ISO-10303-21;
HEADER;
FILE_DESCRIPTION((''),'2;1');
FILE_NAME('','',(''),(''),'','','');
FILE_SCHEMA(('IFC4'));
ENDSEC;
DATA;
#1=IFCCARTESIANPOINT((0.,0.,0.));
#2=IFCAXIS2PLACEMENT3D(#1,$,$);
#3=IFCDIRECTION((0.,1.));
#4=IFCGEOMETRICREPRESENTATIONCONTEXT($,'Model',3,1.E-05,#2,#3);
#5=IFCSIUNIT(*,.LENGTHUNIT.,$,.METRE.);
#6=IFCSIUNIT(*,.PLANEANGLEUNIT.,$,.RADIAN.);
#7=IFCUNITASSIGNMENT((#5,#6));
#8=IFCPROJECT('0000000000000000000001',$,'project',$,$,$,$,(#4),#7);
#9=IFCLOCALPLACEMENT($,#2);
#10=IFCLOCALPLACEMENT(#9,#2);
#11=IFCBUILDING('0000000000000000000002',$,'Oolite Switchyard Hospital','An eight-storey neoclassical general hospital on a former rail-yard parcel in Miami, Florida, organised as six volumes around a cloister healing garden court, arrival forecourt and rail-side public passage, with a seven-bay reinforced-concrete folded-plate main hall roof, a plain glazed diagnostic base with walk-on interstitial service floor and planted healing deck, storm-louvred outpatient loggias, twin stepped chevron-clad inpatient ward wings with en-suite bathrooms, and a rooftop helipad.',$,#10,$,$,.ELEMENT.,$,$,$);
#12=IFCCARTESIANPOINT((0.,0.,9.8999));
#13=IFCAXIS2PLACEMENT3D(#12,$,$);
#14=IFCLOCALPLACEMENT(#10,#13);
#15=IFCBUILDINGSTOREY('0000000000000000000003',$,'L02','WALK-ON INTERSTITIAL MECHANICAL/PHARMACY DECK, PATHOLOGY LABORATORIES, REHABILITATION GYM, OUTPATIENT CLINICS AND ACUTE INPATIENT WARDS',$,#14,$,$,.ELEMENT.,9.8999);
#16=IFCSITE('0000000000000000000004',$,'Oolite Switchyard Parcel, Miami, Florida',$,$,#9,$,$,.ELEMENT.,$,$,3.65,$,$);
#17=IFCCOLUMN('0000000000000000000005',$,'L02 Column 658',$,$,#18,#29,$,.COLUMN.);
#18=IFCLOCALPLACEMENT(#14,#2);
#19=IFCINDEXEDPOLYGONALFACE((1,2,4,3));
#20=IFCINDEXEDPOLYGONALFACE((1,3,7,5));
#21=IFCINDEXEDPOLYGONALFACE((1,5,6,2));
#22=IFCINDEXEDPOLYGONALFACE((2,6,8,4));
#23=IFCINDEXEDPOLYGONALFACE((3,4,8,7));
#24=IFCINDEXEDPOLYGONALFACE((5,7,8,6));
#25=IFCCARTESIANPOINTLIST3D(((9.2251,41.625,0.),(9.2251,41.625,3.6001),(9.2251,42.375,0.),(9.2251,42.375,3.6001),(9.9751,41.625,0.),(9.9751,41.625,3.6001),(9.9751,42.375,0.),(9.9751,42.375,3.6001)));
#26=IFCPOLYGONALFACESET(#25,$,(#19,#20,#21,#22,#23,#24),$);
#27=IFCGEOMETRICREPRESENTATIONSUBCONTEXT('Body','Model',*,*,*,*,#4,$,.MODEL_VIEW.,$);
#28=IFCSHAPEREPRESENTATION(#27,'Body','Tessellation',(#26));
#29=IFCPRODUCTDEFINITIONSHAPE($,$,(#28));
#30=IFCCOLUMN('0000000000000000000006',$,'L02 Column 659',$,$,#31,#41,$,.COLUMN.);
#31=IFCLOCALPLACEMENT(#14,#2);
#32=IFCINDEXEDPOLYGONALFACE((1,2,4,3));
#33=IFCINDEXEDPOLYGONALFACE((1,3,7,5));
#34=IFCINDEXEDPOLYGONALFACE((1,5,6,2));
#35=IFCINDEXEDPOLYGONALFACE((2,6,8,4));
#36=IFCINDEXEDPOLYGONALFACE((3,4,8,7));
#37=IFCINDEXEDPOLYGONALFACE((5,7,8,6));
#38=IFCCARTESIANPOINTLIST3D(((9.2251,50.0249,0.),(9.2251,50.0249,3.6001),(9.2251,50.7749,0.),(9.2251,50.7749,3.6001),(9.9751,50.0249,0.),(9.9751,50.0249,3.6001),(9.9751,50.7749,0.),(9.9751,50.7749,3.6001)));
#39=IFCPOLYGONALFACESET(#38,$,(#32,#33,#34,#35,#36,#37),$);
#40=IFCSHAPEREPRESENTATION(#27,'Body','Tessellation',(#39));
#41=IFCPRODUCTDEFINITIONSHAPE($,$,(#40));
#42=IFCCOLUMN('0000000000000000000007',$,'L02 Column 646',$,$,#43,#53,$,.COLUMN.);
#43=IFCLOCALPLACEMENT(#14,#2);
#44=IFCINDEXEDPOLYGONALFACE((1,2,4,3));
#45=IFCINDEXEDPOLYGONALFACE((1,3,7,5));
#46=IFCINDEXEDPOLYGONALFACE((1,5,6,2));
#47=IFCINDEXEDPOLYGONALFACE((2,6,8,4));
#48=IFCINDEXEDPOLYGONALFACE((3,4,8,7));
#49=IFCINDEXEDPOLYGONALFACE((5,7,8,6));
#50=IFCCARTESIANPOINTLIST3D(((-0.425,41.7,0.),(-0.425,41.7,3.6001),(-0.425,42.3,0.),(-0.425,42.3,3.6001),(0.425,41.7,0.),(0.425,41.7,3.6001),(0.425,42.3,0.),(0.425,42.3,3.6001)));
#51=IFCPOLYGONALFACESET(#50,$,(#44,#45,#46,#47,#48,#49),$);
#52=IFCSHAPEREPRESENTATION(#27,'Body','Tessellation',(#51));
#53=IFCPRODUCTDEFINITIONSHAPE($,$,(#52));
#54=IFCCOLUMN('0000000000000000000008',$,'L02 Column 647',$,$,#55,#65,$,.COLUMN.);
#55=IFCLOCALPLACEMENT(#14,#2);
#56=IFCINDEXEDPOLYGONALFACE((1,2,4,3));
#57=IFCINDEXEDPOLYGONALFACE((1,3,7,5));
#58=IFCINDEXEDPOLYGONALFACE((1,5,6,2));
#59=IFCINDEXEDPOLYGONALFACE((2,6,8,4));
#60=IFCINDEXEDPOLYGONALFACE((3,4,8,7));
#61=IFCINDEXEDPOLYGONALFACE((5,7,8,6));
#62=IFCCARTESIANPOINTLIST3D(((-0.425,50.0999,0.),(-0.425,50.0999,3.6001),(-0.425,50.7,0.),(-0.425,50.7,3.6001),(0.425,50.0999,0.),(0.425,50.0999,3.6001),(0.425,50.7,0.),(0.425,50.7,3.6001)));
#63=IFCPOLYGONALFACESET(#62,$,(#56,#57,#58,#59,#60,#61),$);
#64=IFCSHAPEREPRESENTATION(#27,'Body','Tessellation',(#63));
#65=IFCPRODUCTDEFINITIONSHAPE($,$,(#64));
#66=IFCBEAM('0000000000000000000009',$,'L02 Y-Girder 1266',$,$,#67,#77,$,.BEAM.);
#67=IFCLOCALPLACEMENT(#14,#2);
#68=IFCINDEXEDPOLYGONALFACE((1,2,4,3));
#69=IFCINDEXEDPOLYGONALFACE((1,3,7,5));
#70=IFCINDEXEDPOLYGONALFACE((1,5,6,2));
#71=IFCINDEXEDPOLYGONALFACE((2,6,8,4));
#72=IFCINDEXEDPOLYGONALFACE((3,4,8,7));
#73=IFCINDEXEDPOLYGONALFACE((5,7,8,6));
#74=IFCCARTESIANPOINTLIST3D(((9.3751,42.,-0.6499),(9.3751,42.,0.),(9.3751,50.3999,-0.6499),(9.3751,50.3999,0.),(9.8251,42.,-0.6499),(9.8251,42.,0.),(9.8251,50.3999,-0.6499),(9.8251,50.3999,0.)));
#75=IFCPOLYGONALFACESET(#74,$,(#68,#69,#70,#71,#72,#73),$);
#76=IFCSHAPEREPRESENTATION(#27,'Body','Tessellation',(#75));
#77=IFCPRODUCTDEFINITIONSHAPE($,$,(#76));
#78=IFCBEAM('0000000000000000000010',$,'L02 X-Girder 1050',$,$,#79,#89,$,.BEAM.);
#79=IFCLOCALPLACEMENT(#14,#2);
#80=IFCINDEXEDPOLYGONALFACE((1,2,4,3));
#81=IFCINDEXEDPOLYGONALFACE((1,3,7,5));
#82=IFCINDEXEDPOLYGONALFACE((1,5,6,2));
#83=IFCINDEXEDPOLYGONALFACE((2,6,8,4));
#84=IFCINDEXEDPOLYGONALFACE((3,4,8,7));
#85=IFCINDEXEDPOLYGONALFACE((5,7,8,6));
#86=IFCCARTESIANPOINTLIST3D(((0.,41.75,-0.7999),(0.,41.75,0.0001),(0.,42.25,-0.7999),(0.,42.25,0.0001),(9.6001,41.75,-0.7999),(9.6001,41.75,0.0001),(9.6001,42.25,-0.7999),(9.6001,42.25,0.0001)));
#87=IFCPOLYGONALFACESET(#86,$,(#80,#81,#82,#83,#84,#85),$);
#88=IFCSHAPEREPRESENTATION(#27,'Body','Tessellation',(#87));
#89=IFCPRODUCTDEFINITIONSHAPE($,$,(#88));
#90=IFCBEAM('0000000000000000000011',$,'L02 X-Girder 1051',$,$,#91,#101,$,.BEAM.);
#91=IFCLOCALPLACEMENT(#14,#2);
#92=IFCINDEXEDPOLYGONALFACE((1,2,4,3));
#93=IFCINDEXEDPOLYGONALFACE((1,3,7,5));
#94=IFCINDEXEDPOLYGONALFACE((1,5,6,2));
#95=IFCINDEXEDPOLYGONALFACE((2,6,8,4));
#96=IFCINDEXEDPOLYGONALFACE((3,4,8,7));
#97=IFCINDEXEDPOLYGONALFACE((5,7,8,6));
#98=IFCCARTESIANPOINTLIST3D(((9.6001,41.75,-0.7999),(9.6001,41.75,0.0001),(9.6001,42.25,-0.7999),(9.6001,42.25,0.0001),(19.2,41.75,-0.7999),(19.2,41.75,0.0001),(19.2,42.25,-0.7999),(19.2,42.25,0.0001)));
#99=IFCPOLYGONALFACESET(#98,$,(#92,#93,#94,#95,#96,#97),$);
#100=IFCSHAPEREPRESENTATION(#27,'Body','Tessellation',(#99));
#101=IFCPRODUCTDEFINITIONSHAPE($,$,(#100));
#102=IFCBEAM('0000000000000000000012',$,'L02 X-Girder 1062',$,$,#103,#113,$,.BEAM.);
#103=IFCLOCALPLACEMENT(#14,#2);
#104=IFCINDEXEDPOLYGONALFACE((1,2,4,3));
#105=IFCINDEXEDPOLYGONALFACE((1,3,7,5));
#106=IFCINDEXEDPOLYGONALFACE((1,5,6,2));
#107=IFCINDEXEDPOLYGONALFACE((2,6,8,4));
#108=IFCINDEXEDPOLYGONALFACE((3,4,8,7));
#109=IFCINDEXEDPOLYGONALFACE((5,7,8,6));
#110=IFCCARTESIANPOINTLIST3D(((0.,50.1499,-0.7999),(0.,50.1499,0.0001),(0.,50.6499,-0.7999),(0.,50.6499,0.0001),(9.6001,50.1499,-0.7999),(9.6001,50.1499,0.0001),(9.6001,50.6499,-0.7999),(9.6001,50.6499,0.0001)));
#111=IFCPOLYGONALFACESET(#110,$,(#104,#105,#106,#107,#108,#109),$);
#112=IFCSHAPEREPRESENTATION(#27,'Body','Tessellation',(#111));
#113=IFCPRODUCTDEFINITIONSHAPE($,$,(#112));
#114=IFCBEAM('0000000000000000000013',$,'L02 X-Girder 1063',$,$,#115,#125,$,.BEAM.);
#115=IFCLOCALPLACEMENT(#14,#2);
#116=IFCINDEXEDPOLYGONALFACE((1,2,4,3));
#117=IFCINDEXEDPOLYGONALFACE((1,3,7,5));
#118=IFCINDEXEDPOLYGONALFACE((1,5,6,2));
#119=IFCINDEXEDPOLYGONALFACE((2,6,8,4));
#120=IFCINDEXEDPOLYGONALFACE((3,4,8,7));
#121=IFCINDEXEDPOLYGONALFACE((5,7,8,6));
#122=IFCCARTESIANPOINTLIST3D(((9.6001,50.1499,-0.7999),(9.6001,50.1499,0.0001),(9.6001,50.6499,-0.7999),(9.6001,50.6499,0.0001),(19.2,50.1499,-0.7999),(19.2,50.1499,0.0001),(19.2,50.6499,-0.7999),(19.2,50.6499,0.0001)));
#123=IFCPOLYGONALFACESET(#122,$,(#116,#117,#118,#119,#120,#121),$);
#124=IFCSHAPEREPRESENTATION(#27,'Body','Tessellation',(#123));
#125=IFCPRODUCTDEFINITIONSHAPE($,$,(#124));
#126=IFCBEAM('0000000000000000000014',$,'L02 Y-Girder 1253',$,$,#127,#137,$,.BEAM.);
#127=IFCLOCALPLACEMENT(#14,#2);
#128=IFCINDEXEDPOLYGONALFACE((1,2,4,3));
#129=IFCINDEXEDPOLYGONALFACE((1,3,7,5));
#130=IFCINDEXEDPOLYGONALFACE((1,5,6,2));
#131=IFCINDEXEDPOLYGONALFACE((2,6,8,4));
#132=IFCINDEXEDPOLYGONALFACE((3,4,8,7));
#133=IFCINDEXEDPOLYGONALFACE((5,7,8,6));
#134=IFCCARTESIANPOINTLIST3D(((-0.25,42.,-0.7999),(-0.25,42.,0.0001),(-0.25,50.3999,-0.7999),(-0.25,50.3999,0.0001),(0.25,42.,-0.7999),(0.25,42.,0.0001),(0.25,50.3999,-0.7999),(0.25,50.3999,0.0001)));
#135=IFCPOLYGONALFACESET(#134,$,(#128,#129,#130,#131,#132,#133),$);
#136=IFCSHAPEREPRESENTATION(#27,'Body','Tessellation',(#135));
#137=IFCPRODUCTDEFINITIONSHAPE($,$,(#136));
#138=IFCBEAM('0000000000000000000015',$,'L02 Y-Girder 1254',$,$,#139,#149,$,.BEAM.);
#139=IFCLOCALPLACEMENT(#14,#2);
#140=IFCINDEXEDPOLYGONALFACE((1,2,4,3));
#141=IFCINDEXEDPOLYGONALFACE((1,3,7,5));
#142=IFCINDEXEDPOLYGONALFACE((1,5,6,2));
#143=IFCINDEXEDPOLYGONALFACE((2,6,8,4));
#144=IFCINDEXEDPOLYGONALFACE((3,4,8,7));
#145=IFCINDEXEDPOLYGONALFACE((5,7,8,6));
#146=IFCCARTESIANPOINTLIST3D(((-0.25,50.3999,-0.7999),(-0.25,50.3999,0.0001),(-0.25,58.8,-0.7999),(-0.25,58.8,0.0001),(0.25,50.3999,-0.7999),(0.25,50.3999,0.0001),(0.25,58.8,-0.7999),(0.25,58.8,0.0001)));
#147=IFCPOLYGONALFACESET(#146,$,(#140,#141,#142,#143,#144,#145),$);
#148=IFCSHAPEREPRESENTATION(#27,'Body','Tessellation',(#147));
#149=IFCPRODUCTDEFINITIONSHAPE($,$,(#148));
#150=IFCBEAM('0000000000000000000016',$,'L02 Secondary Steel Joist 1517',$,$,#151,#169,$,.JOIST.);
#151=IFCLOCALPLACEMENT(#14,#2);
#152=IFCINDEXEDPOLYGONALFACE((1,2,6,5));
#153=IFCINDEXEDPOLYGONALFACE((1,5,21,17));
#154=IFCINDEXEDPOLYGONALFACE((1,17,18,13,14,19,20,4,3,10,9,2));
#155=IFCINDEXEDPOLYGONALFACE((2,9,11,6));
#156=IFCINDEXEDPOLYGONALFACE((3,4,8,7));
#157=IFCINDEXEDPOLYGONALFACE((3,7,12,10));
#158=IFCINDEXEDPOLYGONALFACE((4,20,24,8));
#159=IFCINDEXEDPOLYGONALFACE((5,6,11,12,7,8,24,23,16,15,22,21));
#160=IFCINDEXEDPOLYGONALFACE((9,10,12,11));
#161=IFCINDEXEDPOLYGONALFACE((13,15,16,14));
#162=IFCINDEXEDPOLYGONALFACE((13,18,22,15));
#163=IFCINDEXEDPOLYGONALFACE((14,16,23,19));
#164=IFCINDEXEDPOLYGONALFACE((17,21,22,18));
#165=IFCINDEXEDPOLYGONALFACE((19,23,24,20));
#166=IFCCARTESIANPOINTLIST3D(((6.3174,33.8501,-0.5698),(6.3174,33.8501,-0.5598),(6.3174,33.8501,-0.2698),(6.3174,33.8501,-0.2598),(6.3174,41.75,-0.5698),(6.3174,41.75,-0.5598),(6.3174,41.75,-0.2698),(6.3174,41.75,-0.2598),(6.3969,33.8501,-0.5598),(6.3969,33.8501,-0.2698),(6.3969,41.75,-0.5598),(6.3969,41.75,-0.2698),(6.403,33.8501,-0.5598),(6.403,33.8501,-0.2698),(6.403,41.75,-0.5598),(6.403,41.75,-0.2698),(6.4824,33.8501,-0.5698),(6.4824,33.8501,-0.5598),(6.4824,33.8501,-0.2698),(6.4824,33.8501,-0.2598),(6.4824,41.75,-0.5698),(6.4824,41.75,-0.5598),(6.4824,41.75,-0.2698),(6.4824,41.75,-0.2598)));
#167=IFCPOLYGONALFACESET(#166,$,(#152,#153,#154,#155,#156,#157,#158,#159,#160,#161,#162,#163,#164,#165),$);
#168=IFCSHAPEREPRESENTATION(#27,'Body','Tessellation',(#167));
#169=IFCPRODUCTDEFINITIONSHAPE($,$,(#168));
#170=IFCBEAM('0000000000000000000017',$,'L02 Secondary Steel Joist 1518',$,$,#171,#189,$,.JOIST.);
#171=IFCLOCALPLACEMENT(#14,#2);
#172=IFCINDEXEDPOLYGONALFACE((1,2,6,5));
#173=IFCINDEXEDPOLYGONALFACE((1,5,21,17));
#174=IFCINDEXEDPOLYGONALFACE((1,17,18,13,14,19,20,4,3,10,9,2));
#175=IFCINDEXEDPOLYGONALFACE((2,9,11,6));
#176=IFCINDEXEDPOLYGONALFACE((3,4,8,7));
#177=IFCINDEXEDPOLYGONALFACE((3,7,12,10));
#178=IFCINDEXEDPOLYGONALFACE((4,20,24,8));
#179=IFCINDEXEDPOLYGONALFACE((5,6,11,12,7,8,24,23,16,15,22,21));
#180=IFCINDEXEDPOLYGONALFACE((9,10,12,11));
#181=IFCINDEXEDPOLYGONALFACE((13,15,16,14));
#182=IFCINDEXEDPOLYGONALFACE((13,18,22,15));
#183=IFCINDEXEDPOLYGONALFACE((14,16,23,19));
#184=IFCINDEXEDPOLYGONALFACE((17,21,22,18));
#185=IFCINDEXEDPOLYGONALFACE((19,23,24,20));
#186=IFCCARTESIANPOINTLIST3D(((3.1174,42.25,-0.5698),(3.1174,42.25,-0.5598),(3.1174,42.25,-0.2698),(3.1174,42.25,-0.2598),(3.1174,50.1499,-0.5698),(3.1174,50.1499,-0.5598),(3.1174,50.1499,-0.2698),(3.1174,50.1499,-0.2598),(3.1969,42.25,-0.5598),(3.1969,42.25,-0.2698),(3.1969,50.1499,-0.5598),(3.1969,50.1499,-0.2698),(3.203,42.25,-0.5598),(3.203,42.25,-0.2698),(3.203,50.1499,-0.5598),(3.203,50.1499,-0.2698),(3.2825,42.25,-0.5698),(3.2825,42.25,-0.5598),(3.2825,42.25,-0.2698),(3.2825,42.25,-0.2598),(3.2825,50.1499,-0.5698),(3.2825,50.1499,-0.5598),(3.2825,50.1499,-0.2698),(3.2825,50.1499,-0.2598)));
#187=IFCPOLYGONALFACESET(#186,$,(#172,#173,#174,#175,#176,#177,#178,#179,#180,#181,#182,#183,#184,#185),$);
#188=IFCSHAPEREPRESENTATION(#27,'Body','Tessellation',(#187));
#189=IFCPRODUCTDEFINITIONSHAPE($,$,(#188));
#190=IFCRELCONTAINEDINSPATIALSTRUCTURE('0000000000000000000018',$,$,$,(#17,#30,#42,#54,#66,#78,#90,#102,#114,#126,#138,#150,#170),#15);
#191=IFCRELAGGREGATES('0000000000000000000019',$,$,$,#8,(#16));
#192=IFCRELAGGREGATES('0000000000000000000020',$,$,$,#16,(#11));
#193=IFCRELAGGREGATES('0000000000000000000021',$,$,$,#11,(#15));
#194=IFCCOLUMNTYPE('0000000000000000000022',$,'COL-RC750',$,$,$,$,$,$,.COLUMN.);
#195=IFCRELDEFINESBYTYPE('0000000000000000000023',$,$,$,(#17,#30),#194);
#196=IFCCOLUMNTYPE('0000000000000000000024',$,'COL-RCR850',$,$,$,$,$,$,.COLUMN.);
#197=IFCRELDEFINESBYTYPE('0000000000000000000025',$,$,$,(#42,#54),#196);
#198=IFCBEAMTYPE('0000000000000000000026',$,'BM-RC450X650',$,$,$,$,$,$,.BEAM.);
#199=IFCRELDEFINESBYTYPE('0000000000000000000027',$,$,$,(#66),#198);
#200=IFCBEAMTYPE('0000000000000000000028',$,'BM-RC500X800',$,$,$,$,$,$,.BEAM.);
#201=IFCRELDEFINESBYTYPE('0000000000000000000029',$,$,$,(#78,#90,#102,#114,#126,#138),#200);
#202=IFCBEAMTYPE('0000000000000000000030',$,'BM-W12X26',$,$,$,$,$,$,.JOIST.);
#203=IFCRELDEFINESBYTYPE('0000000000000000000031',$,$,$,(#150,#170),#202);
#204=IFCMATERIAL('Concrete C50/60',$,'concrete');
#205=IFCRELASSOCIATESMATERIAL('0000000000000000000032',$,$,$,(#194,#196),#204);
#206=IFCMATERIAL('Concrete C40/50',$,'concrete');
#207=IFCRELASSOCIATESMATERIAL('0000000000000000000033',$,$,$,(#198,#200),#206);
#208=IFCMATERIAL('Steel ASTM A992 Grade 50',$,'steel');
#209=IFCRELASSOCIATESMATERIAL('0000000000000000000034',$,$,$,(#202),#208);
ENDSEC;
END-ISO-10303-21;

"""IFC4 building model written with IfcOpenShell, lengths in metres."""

from ifc_helpers import new_model, si_unit, direction, frame, origin, origin_2d, place, context, subcontext, project, spatial, rectangle, i_section, extrude, material, material_profile, profile_set, type_object, element, save


model = new_model("IFC4")

# Units and contexts
model_context = context("Model", 3, precision=1e-05, world=origin(), true_north=direction((0.0, 1.0)))
body_context = subcontext(model_context, "Body", "Model", "MODEL_VIEW")
ifc_project = project(units=[si_unit("LENGTHUNIT", "METRE"), si_unit("PLANEANGLEUNIT", "RADIAN")], contexts=[model_context])

# Site, building, storey
site_placement = place(None, origin())
site = spatial("IfcSite", under=ifc_project, at=site_placement, Name="Oolite Switchyard Parcel, Miami, Florida", CompositionType="ELEMENT", RefElevation=3.65)
building_placement = place(site_placement, origin())
building = spatial("IfcBuilding", under=site, at=building_placement, Name="Oolite Switchyard Hospital", Description="An eight-storey neoclassical general hospital on a former rail-yard parcel in Miami, Florida, organised as six volumes around a cloister healing garden court, arrival forecourt and rail-side public passage, with a seven-bay reinforced-concrete folded-plate main hall roof, a plain glazed diagnostic base with walk-on interstitial service floor and planted healing deck, storm-louvred outpatient loggias, twin stepped chevron-clad inpatient ward wings with en-suite bathrooms, and a rooftop helipad.", CompositionType="ELEMENT")
storey_placement = place(building_placement, frame((0.0, 0.0, 9.8999)))
storey = spatial("IfcBuildingStorey", under=building, at=storey_placement, Name="L02", Description="WALK-ON INTERSTITIAL MECHANICAL/PHARMACY DECK, PATHOLOGY LABORATORIES, REHABILITATION GYM, OUTPATIENT CLINICS AND ACUTE INPATIENT WARDS", CompositionType="ELEMENT", Elevation=9.8999)

# Columns
ifc_material_1 = material(Name="Concrete C50/60", Category="concrete")
ifc_material_profile_1 = material_profile(ifc_material_1, rectangle(XDim=0.75, YDim=0.75, at=origin_2d()), Name="RC750X750")
ifc_profile_set_1 = profile_set([ifc_material_profile_1], Name="Concrete C50/60")
column_type_1 = type_object("IfcColumnType", Name="COL-RC750", PredefinedType="COLUMN", material=ifc_profile_set_1)
for number, where, z_axis, x_axis, name in (
    (1, (9.6001, 42.0, 0.0), (0.0, 0.0, 1.0), (1.0, 0.0, 0.0), "L02 Column 658"),
    (2, (9.6001, 50.3999, 0.0), (0.0, 0.0, 1.0), (1.0, 0.0, 0.0), "L02 Column 659"),
):
    element("IfcColumn", number, at=place(storey_placement, frame(where, z_axis=z_axis, x_axis=x_axis)), inside=storey, type_object=column_type_1, Name=name, PredefinedType="COLUMN", context=body_context, shape_type="SweptSolid", body=[
        extrude(rectangle(XDim=0.75, YDim=0.75, at=origin_2d()), origin(), (0.0, 0.0, 1.0), 3.6001),
    ])
ifc_material_profile_2 = material_profile(ifc_material_1, rectangle(XDim=0.8501, YDim=0.6001, at=origin_2d()), Name="RC850X600")
ifc_profile_set_2 = profile_set([ifc_material_profile_2], Name="Concrete C50/60")
column_type_2 = type_object("IfcColumnType", Name="COL-RCR850", PredefinedType="COLUMN", material=ifc_profile_set_2)
for number, where, z_axis, x_axis, name in (
    (3, (0.0, 42.0, 0.0), (0.0, 0.0, 1.0), (1.0, 0.0, 0.0), "L02 Column 646"),
    (4, (0.0, 50.3999, 0.0), (0.0, 0.0, 1.0), (1.0, 0.0, 0.0), "L02 Column 647"),
):
    element("IfcColumn", number, at=place(storey_placement, frame(where, z_axis=z_axis, x_axis=x_axis)), inside=storey, type_object=column_type_2, Name=name, PredefinedType="COLUMN", context=body_context, shape_type="SweptSolid", body=[
        extrude(rectangle(XDim=0.8501, YDim=0.6001, at=origin_2d()), origin(), (0.0, 0.0, 1.0), 3.6001),
    ])

# Beams
ifc_material_2 = material(Name="Concrete C40/50", Category="concrete")
ifc_material_profile_3 = material_profile(ifc_material_2, rectangle(XDim=0.45, YDim=0.6499, at=origin_2d()), Name="RCB450X650")
ifc_profile_set_3 = profile_set([ifc_material_profile_3], Name="Concrete C40/50")
beam_type_1 = type_object("IfcBeamType", Name="BM-RC450X650", PredefinedType="BEAM", material=ifc_profile_set_3)
beam_1_placement = place(storey_placement, frame((9.6001, 42.0, -0.325), z_axis=(0.0, 1.0, 0.0), x_axis=(-1.0, 0.0, 0.0)))
element("IfcBeam", 5, at=beam_1_placement, inside=storey, type_object=beam_type_1, Name="L02 Y-Girder 1266", PredefinedType="BEAM", context=body_context, shape_type="SweptSolid", body=[
    extrude(rectangle(XDim=0.45, YDim=0.6499, at=origin_2d()), origin(), (0.0, 0.0, 1.0), 8.3999),
])
ifc_material_profile_4 = material_profile(ifc_material_2, rectangle(XDim=0.5, YDim=0.8, at=origin_2d()), Name="RCB500X800")
ifc_profile_set_4 = profile_set([ifc_material_profile_4], Name="Concrete C40/50")
beam_type_2 = type_object("IfcBeamType", Name="BM-RC500X800", PredefinedType="BEAM", material=ifc_profile_set_4)
beam_2_placement = place(storey_placement, frame((0.0, 42.0, -0.3999), z_axis=(1.0, 0.0, 0.0), x_axis=(0.0, 1.0, 0.0)))
element("IfcBeam", 6, at=beam_2_placement, inside=storey, type_object=beam_type_2, Name="L02 X-Girder 1050", PredefinedType="BEAM", context=body_context, shape_type="SweptSolid", body=[
    extrude(rectangle(XDim=0.5, YDim=0.8, at=origin_2d()), origin(), (0.0, 0.0, 1.0), 9.6001),
])
beam_3_placement = place(storey_placement, frame((9.6001, 42.0, -0.3999), z_axis=(1.0, 0.0, 0.0), x_axis=(0.0, 1.0, 0.0)))
element("IfcBeam", 7, at=beam_3_placement, inside=storey, type_object=beam_type_2, Name="L02 X-Girder 1051", PredefinedType="BEAM", context=body_context, shape_type="SweptSolid", body=[
    extrude(rectangle(XDim=0.5, YDim=0.8, at=origin_2d()), origin(), (0.0, 0.0, 1.0), 9.5999),
])
beam_4_placement = place(storey_placement, frame((0.0, 50.3999, -0.3999), z_axis=(1.0, 0.0, 0.0), x_axis=(0.0, 1.0, 0.0)))
element("IfcBeam", 8, at=beam_4_placement, inside=storey, type_object=beam_type_2, Name="L02 X-Girder 1062", PredefinedType="BEAM", context=body_context, shape_type="SweptSolid", body=[
    extrude(rectangle(XDim=0.5, YDim=0.8, at=origin_2d()), origin(), (0.0, 0.0, 1.0), 9.6001),
])
beam_5_placement = place(storey_placement, frame((9.6001, 50.3999, -0.3999), z_axis=(1.0, 0.0, 0.0), x_axis=(0.0, 1.0, 0.0)))
element("IfcBeam", 9, at=beam_5_placement, inside=storey, type_object=beam_type_2, Name="L02 X-Girder 1063", PredefinedType="BEAM", context=body_context, shape_type="SweptSolid", body=[
    extrude(rectangle(XDim=0.5, YDim=0.8, at=origin_2d()), origin(), (0.0, 0.0, 1.0), 9.5999),
])
beam_6_placement = place(storey_placement, frame((0.0, 42.0, -0.3999), z_axis=(0.0, 1.0, 0.0), x_axis=(-1.0, 0.0, 0.0)))
element("IfcBeam", 10, at=beam_6_placement, inside=storey, type_object=beam_type_2, Name="L02 Y-Girder 1253", PredefinedType="BEAM", context=body_context, shape_type="SweptSolid", body=[
    extrude(rectangle(XDim=0.5, YDim=0.8, at=origin_2d()), origin(), (0.0, 0.0, 1.0), 8.3999),
])
beam_7_placement = place(storey_placement, frame((0.0, 50.3999, -0.3999), z_axis=(0.0, 1.0, 0.0), x_axis=(-1.0, 0.0, 0.0)))
element("IfcBeam", 11, at=beam_7_placement, inside=storey, type_object=beam_type_2, Name="L02 Y-Girder 1254", PredefinedType="BEAM", context=body_context, shape_type="SweptSolid", body=[
    extrude(rectangle(XDim=0.5, YDim=0.8, at=origin_2d()), origin(), (0.0, 0.0, 1.0), 8.4001),
])
ifc_material_3 = material(Name="Steel ASTM A992 Grade 50", Category="steel")
ifc_material_profile_5 = material_profile(ifc_material_3, i_section(OverallWidth=0.165, OverallDepth=0.3101, WebThickness=0.0061, FlangeThickness=0.01, at=origin_2d()), Name="W12X26")
ifc_profile_set_5 = profile_set([ifc_material_profile_5], Name="Steel ASTM A992 Grade 50")
beam_type_3 = type_object("IfcBeamType", Name="BM-W12X26", PredefinedType="JOIST", material=ifc_profile_set_5)
for number, where, z_axis, x_axis, name in (
    (12, (6.3999, 33.8501, -0.4148), (0.0, 1.0, 0.0), (-1.0, 0.0, 0.0), "L02 Secondary Steel Joist 1517"),
    (13, (3.2, 42.25, -0.4148), (0.0, 1.0, 0.0), (-1.0, 0.0, 0.0), "L02 Secondary Steel Joist 1518"),
):
    element("IfcBeam", number, at=place(storey_placement, frame(where, z_axis=z_axis, x_axis=x_axis)), inside=storey, type_object=beam_type_3, Name=name, PredefinedType="JOIST", context=body_context, shape_type="SweptSolid", body=[
        extrude(i_section(OverallWidth=0.165, OverallDepth=0.3101, WebThickness=0.0061, FlangeThickness=0.01, at=origin_2d()), origin(), (0.0, 0.0, 1.0), 7.8999),
    ])

save(model, "model.ifc")
